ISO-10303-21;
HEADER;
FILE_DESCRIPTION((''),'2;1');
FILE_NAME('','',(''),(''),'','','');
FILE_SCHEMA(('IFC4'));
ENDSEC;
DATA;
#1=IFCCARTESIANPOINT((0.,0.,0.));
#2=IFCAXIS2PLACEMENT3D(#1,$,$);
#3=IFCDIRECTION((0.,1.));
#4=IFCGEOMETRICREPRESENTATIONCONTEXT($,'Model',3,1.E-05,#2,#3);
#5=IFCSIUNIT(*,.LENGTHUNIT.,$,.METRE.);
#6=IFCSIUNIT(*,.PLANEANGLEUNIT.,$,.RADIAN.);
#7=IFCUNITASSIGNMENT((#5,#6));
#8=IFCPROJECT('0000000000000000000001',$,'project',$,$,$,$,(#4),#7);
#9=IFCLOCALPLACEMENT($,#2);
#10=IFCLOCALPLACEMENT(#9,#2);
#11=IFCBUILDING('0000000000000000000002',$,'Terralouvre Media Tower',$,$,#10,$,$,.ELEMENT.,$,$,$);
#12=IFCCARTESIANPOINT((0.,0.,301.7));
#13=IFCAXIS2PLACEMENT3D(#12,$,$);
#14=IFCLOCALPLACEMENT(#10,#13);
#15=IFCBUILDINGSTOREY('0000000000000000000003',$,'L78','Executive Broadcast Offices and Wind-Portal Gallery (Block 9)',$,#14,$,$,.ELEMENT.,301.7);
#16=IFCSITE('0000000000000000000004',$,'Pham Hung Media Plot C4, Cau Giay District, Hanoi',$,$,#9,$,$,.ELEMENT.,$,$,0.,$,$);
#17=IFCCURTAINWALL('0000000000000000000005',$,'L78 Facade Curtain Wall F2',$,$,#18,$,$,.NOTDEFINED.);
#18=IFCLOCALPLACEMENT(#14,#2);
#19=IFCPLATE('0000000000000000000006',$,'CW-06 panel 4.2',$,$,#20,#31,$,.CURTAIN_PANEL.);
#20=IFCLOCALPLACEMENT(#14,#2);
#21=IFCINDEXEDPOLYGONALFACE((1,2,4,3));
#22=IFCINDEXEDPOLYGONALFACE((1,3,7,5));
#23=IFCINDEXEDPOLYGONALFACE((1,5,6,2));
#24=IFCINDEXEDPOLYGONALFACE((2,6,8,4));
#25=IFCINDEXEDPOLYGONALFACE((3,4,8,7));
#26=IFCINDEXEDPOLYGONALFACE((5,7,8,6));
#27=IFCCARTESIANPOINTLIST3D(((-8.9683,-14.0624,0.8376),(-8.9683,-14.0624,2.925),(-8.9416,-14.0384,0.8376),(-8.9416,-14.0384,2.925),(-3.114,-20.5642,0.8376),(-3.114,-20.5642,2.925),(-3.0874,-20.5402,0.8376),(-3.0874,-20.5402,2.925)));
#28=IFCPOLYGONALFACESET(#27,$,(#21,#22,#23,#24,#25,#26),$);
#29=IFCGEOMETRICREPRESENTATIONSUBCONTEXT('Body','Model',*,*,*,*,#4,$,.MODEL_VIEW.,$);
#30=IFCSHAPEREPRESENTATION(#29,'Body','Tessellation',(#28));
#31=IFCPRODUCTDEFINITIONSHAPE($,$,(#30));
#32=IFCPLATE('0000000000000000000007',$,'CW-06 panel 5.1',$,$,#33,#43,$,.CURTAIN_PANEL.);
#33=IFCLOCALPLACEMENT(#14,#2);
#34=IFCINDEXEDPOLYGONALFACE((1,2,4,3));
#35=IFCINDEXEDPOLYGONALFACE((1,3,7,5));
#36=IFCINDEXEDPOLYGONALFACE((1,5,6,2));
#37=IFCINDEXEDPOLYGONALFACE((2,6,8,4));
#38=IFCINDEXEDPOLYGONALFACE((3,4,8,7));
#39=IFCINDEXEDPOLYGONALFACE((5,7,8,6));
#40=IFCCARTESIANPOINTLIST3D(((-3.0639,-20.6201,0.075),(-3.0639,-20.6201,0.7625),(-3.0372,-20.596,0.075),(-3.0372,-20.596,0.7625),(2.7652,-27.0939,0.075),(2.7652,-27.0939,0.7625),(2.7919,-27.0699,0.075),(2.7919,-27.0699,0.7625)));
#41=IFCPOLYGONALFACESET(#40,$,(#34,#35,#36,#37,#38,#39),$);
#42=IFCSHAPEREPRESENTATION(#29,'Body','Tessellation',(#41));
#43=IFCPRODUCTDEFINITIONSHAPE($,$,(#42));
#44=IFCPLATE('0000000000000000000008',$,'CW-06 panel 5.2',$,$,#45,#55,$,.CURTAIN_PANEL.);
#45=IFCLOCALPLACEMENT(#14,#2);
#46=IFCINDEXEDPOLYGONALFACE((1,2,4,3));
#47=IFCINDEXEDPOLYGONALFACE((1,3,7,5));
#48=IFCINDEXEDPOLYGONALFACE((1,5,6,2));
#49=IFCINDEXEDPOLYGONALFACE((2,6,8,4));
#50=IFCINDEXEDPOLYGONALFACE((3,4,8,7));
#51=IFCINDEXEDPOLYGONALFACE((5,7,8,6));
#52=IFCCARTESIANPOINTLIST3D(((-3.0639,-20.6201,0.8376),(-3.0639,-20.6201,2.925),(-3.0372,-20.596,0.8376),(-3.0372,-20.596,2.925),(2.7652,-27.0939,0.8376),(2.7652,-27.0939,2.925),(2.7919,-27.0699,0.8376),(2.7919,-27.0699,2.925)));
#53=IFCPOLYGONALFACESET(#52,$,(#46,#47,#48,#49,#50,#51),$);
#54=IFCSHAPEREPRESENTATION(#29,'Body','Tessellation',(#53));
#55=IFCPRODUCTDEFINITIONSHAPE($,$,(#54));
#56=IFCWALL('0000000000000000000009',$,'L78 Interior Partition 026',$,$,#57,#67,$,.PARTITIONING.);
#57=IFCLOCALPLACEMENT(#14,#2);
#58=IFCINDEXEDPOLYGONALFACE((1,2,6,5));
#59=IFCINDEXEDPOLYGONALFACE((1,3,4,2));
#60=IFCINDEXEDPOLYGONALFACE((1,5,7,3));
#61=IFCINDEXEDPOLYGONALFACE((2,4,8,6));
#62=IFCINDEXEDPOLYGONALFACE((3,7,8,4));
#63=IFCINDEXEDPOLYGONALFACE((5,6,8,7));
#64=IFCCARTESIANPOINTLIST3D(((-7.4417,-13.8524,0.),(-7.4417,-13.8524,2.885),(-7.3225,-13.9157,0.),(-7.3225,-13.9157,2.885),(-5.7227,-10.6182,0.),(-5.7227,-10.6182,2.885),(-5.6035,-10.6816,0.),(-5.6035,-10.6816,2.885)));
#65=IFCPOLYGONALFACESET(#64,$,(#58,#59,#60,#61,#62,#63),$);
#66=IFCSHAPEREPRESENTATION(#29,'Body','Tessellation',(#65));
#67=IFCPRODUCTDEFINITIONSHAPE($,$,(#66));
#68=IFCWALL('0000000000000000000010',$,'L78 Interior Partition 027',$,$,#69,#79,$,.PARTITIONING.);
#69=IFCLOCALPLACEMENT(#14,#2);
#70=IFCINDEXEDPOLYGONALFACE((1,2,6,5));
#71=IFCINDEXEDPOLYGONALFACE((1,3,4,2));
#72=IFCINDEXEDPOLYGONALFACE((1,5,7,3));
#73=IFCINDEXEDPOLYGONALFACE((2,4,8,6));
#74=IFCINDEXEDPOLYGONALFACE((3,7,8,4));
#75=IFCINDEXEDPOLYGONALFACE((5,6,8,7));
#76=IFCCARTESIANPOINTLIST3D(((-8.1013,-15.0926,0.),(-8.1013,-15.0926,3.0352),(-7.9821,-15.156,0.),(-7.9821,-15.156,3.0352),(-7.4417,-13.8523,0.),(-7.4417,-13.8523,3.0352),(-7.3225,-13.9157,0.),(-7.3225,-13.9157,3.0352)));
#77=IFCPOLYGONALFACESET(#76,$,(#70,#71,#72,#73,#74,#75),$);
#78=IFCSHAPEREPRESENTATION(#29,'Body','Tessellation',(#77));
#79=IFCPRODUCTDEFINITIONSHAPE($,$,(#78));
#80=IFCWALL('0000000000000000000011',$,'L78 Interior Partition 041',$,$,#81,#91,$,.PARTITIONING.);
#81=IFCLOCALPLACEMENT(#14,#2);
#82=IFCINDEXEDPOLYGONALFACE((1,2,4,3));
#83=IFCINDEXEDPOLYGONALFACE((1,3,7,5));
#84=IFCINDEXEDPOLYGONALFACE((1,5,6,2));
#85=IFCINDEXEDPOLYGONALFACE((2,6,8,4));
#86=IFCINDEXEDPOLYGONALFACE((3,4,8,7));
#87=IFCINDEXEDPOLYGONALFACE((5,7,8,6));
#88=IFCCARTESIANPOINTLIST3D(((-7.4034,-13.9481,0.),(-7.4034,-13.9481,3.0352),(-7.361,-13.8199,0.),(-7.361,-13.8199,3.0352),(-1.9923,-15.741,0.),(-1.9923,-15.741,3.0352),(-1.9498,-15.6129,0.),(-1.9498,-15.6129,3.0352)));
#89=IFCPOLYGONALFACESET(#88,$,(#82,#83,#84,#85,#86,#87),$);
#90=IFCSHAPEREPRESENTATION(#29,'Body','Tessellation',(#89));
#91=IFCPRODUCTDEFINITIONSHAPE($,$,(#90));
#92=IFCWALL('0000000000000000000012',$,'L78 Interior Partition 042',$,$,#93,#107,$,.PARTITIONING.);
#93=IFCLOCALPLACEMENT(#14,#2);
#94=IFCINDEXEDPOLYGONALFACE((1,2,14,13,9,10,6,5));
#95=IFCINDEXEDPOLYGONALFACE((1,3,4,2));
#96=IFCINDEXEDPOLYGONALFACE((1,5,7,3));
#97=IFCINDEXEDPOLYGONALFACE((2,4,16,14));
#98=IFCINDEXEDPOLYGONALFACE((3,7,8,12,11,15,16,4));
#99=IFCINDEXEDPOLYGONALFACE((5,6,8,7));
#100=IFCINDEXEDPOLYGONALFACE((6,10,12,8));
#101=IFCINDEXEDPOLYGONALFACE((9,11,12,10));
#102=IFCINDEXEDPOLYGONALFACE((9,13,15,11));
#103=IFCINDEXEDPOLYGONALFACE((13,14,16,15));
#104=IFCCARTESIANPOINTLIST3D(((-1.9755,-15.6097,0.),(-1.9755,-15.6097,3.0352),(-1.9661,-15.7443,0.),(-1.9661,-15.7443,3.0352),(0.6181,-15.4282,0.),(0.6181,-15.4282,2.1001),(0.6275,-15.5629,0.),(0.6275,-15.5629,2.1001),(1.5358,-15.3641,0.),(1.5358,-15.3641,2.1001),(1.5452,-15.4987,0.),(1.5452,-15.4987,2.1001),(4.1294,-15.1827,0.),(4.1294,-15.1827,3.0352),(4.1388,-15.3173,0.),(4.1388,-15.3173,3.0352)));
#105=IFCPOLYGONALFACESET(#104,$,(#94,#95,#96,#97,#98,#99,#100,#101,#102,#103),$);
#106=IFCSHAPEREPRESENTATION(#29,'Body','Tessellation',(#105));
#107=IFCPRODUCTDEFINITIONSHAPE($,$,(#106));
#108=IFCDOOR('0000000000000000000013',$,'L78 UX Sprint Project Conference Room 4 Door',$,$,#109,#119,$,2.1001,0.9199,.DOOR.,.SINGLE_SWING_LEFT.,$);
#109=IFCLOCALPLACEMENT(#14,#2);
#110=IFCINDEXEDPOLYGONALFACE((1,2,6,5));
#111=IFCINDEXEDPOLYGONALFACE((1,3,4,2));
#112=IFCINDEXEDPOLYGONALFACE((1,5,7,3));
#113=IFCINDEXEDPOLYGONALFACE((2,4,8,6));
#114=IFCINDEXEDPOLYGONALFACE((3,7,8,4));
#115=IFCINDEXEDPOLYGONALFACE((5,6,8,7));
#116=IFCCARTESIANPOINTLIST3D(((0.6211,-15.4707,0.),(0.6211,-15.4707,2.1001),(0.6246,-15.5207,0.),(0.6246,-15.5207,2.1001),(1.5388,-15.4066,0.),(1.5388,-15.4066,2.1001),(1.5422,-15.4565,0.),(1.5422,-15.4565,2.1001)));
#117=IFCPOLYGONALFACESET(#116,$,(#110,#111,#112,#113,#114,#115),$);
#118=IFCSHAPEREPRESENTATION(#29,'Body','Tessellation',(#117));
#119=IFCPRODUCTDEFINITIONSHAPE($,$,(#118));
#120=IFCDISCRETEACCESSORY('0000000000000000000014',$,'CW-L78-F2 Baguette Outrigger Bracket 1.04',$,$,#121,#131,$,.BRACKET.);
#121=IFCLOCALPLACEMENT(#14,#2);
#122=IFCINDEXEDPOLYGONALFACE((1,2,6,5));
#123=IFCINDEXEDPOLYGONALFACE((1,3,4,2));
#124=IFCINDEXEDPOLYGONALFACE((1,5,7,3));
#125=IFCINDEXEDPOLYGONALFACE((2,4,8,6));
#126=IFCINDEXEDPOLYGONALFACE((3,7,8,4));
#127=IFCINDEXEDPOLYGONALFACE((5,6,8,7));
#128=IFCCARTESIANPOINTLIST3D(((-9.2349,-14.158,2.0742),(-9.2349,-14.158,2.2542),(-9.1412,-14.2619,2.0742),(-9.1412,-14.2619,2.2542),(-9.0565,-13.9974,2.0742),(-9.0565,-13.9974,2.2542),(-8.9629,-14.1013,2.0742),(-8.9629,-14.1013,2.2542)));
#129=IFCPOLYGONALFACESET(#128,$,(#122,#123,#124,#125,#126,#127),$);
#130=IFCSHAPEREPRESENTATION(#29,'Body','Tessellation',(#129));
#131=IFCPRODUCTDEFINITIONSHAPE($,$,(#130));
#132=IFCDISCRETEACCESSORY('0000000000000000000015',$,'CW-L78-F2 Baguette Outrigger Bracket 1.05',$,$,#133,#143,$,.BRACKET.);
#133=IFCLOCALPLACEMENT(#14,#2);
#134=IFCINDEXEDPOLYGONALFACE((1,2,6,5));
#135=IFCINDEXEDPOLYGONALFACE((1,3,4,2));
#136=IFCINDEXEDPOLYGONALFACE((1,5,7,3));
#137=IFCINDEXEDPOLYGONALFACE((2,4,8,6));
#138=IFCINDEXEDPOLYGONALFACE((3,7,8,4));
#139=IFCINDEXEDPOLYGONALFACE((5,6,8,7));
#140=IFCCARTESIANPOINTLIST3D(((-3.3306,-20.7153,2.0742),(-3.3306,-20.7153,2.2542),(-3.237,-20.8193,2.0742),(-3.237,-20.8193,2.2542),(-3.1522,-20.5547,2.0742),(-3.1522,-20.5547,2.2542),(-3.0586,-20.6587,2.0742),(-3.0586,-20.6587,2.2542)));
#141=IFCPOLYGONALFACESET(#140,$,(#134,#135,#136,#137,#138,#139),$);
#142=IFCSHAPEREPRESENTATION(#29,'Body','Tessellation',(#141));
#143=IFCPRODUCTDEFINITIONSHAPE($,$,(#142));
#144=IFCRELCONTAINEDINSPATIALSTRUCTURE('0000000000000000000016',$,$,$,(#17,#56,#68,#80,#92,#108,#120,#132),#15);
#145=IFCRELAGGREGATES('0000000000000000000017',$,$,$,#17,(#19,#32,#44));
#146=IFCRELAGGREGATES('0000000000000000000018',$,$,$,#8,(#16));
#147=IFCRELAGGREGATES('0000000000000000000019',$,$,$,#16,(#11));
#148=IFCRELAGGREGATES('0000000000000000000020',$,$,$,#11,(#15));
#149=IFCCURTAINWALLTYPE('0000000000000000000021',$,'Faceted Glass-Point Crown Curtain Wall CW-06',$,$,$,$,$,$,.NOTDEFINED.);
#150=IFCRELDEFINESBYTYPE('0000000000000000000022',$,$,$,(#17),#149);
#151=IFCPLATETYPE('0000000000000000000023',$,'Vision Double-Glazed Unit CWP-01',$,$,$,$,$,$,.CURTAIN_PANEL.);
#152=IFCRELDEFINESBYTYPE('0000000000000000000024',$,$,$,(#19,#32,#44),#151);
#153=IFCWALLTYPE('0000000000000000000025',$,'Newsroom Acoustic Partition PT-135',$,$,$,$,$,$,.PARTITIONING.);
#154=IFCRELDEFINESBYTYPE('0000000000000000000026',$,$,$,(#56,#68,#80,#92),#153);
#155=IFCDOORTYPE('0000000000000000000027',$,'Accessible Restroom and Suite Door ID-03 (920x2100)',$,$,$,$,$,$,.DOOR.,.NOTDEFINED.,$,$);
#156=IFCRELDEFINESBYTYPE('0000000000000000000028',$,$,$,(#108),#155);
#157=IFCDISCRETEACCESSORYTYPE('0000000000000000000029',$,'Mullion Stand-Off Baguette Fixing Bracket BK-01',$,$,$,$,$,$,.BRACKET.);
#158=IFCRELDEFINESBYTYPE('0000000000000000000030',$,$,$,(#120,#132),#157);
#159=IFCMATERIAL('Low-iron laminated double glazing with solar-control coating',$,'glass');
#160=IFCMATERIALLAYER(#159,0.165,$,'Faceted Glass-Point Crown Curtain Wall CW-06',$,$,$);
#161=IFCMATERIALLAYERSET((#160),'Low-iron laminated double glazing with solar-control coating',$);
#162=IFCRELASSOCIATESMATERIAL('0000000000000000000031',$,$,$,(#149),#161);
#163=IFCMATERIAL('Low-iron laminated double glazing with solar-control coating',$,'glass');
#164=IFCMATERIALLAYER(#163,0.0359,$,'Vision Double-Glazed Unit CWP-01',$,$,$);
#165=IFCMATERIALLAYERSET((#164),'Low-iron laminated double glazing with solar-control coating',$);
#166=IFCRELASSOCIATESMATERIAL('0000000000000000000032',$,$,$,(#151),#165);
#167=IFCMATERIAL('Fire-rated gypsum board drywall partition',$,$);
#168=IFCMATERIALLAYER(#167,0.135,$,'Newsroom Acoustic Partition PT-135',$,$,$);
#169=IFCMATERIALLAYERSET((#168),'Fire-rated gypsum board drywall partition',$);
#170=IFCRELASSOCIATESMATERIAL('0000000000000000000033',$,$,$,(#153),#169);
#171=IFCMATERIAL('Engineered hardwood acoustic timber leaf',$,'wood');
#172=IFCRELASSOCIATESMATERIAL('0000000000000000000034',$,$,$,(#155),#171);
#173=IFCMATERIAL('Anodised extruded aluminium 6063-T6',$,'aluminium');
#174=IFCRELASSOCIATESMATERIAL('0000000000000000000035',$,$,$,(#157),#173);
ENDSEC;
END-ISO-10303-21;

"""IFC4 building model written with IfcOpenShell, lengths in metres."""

from ifc_helpers import new_model, si_unit, direction, frame, frame_2d, origin, origin_2d, place, context, subcontext, project, spatial, rectangle, extrude, material, layer, layer_set, type_object, element, fill, aggregate, save


model = new_model("IFC4")

# Units and contexts
model_context = context("Model", 3, precision=1e-05, world=origin(), true_north=direction((0.0, 1.0)))
body_context = subcontext(model_context, "Body", "Model", "MODEL_VIEW")
ifc_project = project(units=[si_unit("LENGTHUNIT", "METRE"), si_unit("PLANEANGLEUNIT", "RADIAN")], contexts=[model_context])

# Site, building, storey
site_placement = place(None, origin())
site = spatial("IfcSite", under=ifc_project, at=site_placement, Name="Pham Hung Media Plot C4, Cau Giay District, Hanoi", CompositionType="ELEMENT", RefElevation=0.0)
building_placement = place(site_placement, origin())
building = spatial("IfcBuilding", under=site, at=building_placement, Name="Terralouvre Media Tower", CompositionType="ELEMENT")
storey_placement = place(building_placement, frame((0.0, 0.0, 301.7)))
storey = spatial("IfcBuildingStorey", under=building, at=storey_placement, Name="L78", Description="Executive Broadcast Offices and Wind-Portal Gallery (Block 9)", CompositionType="ELEMENT", Elevation=301.7)

# Curtain wall
ifc_material_1 = material(Name="Low-iron laminated double glazing with solar-control coating", Category="glass")
ifc_layer_1 = layer(ifc_material_1, 0.165, Name="Faceted Glass-Point Crown Curtain Wall CW-06")
ifc_layer_set_1 = layer_set([ifc_layer_1], Name="Low-iron laminated double glazing with solar-control coating")
curtain_wall_type = type_object("IfcCurtainWallType", Name="Faceted Glass-Point Crown Curtain Wall CW-06", PredefinedType="NOTDEFINED", material=ifc_layer_set_1)
curtain_wall_placement = place(storey_placement, origin())
curtain_wall = element("IfcCurtainWall", 1, at=curtain_wall_placement, inside=storey, type_object=curtain_wall_type, Name="L78 Facade Curtain Wall F2", PredefinedType="NOTDEFINED")

# Plates
ifc_material_2 = material(Name="Low-iron laminated double glazing with solar-control coating", Category="glass")
ifc_layer_2 = layer(ifc_material_2, 0.0359, Name="Vision Double-Glazed Unit CWP-01")
ifc_layer_set_2 = layer_set([ifc_layer_2], Name="Low-iron laminated double glazing with solar-control coating")
plate_type = type_object("IfcPlateType", Name="Vision Double-Glazed Unit CWP-01", PredefinedType="CURTAIN_PANEL", material=ifc_layer_set_2)
plate_1_placement = place(storey_placement, frame((-6.0278, -17.3013, 0.8376), z_axis=(0.0, 0.0, 1.0), x_axis=(0.669131, -0.743145, 0.0)))
plate_1 = element("IfcPlate", 2, at=plate_1_placement, type_object=plate_type, Name="CW-06 panel 4.2", PredefinedType="CURTAIN_PANEL", context=body_context, shape_type="SweptSolid", body=[
    extrude(rectangle(XDim=8.749, YDim=0.0359, at=origin_2d()), origin(), (0.0, 0.0, 1.0), 2.0874),
])
plate_2_placement = place(storey_placement, frame((-0.136, -23.845, 0.075), z_axis=(0.0, 0.0, 1.0), x_axis=(0.669131, -0.743145, 0.0)))
plate_2 = element("IfcPlate", 3, at=plate_2_placement, type_object=plate_type, Name="CW-06 panel 5.1", PredefinedType="CURTAIN_PANEL", context=body_context, shape_type="SweptSolid", body=[
    extrude(rectangle(XDim=8.7114, YDim=0.0359, at=origin_2d()), origin(), (0.0, 0.0, 1.0), 0.6875),
])
plate_3_placement = place(storey_placement, frame((-0.136, -23.845, 0.8376), z_axis=(0.0, 0.0, 1.0), x_axis=(0.669131, -0.743145, 0.0)))
plate_3 = element("IfcPlate", 4, at=plate_3_placement, type_object=plate_type, Name="CW-06 panel 5.2", PredefinedType="CURTAIN_PANEL", context=body_context, shape_type="SweptSolid", body=[
    extrude(rectangle(XDim=8.7114, YDim=0.0359, at=origin_2d()), origin(), (0.0, 0.0, 1.0), 2.0874),
])
aggregate(curtain_wall, [plate_1, plate_2, plate_3])

# Walls
ifc_material_3 = material(Name="Fire-rated gypsum board drywall partition")
ifc_layer_3 = layer(ifc_material_3, 0.135, Name="Newsroom Acoustic Partition PT-135")
ifc_layer_set_3 = layer_set([ifc_layer_3], Name="Fire-rated gypsum board drywall partition")
wall_type = type_object("IfcWallType", Name="Newsroom Acoustic Partition PT-135", PredefinedType="PARTITIONING", material=ifc_layer_set_3)
wall_1_placement = place(storey_placement, frame((-7.3821, -13.884, 0.0), z_axis=(0.0, 0.0, 1.0), x_axis=(0.469339, 0.883018, 0.0)))
element("IfcWall", 5, at=wall_1_placement, inside=storey, type_object=wall_type, Name="L78 Interior Partition 026", PredefinedType="PARTITIONING", context=body_context, shape_type="SweptSolid", body=[
    extrude(rectangle(XDim=3.6626, YDim=0.135, at=frame_2d((1.8313, 0.0))), origin(), (0.0, 0.0, 1.0), 2.885),
])
wall_2_placement = place(storey_placement, frame((-8.0417, -15.1243, 0.0), z_axis=(0.0, 0.0, 1.0), x_axis=(0.469596, 0.882882, 0.0)))
element("IfcWall", 6, at=wall_2_placement, inside=storey, type_object=wall_type, Name="L78 Interior Partition 027", PredefinedType="PARTITIONING", context=body_context, shape_type="SweptSolid", body=[
    extrude(rectangle(XDim=1.4048, YDim=0.135, at=frame_2d((0.7024, 0.0))), origin(), (0.0, 0.0, 1.0), 3.0352),
])
wall_3_placement = place(storey_placement, frame((-7.3821, -13.884, 0.0), z_axis=(0.0, 0.0, 1.0), x_axis=(0.949247, -0.314531, 0.0)))
element("IfcWall", 7, at=wall_3_placement, inside=storey, type_object=wall_type, Name="L78 Interior Partition 041", PredefinedType="PARTITIONING", context=body_context, shape_type="SweptSolid", body=[
    extrude(rectangle(XDim=5.7004, YDim=0.135, at=frame_2d((2.8501, 0.0))), origin(), (0.0, 0.0, 1.0), 3.0352),
])

# Wall, opening, door
wall_4_placement = place(storey_placement, frame((-1.9709, -15.677, 0.0), z_axis=(0.0, 0.0, 1.0), x_axis=(0.997563, 0.069773, 0.0)))
wall_4 = element("IfcWall", 8, at=wall_4_placement, inside=storey, type_object=wall_type, Name="L78 Interior Partition 042", PredefinedType="PARTITIONING", context=body_context, shape_type="SweptSolid", body=[
    extrude(rectangle(XDim=6.1199, YDim=0.135, at=frame_2d((3.0601, 0.0))), origin(), (0.0, 0.0, 1.0), 3.0352),
])
opening_placement = place(wall_4_placement, frame((2.6001, 0.0, 0.0)))
opening = element("IfcOpeningElement", 9, at=opening_placement, cuts=wall_4, PredefinedType="OPENING", context=body_context, shape_type="SweptSolid", body=[
    extrude(rectangle(XDim=0.9199, YDim=2.1001, at=frame_2d((0.46, 1.05))), frame((0.0, 0.0774, 0.0), z_axis=(0.0, -1.0, 0.0), x_axis=(1.0, 0.0, 0.0)), (0.0, 0.0, 1.0), 0.155),
])
ifc_material_4 = material(Name="Engineered hardwood acoustic timber leaf", Category="wood")
door_type = type_object("IfcDoorType", Name="Accessible Restroom and Suite Door ID-03 (920x2100)", OperationType="NOTDEFINED", PredefinedType="DOOR", material=ifc_material_4)
door_placement = place(opening_placement, origin())
door = element("IfcDoor", 10, at=door_placement, inside=storey, type_object=door_type, Name="L78 UX Sprint Project Conference Room 4 Door", OperationType="SINGLE_SWING_LEFT", OverallHeight=2.1001, OverallWidth=0.9199, PredefinedType="DOOR", context=body_context, shape_type="SweptSolid", body=[
    extrude(rectangle(XDim=0.9199, YDim=2.1001, at=frame_2d((0.46, 1.05))), frame((0.0, 0.0249, 0.0), z_axis=(0.0, -1.0, 0.0), x_axis=(1.0, 0.0, 0.0)), (0.0, 0.0, 1.0), 0.05),
])
fill(opening, door)

# Discrete accessories
ifc_material_5 = material(Name="Anodised extruded aluminium 6063-T6", Category="aluminium")
discrete_accessory_type = type_object("IfcDiscreteAccessoryType", Name="Mullion Stand-Off Baguette Fixing Bracket BK-01", PredefinedType="BRACKET", material=ifc_material_5)
for number, where, z_axis, x_axis, name in (
    (11, (-9.0989, -14.1296, 2.0742), (0.0, 0.0, 1.0), (0.669131, -0.743145, 0.0), "CW-L78-F2 Baguette Outrigger Bracket 1.04"),
    (12, (-3.1946, -20.687, 2.0742), (0.0, 0.0, 1.0), (0.669131, -0.743145, 0.0), "CW-L78-F2 Baguette Outrigger Bracket 1.05"),
):
    element("IfcDiscreteAccessory", number, at=place(storey_placement, frame(where, z_axis=z_axis, x_axis=x_axis)), inside=storey, type_object=discrete_accessory_type, Name=name, PredefinedType="BRACKET", context=body_context, shape_type="SweptSolid", body=[
        extrude(rectangle(XDim=0.1399, YDim=0.24, at=origin_2d()), origin(), (0.0, 0.0, 1.0), 0.1799),
    ])

save(model, "model.ifc")
